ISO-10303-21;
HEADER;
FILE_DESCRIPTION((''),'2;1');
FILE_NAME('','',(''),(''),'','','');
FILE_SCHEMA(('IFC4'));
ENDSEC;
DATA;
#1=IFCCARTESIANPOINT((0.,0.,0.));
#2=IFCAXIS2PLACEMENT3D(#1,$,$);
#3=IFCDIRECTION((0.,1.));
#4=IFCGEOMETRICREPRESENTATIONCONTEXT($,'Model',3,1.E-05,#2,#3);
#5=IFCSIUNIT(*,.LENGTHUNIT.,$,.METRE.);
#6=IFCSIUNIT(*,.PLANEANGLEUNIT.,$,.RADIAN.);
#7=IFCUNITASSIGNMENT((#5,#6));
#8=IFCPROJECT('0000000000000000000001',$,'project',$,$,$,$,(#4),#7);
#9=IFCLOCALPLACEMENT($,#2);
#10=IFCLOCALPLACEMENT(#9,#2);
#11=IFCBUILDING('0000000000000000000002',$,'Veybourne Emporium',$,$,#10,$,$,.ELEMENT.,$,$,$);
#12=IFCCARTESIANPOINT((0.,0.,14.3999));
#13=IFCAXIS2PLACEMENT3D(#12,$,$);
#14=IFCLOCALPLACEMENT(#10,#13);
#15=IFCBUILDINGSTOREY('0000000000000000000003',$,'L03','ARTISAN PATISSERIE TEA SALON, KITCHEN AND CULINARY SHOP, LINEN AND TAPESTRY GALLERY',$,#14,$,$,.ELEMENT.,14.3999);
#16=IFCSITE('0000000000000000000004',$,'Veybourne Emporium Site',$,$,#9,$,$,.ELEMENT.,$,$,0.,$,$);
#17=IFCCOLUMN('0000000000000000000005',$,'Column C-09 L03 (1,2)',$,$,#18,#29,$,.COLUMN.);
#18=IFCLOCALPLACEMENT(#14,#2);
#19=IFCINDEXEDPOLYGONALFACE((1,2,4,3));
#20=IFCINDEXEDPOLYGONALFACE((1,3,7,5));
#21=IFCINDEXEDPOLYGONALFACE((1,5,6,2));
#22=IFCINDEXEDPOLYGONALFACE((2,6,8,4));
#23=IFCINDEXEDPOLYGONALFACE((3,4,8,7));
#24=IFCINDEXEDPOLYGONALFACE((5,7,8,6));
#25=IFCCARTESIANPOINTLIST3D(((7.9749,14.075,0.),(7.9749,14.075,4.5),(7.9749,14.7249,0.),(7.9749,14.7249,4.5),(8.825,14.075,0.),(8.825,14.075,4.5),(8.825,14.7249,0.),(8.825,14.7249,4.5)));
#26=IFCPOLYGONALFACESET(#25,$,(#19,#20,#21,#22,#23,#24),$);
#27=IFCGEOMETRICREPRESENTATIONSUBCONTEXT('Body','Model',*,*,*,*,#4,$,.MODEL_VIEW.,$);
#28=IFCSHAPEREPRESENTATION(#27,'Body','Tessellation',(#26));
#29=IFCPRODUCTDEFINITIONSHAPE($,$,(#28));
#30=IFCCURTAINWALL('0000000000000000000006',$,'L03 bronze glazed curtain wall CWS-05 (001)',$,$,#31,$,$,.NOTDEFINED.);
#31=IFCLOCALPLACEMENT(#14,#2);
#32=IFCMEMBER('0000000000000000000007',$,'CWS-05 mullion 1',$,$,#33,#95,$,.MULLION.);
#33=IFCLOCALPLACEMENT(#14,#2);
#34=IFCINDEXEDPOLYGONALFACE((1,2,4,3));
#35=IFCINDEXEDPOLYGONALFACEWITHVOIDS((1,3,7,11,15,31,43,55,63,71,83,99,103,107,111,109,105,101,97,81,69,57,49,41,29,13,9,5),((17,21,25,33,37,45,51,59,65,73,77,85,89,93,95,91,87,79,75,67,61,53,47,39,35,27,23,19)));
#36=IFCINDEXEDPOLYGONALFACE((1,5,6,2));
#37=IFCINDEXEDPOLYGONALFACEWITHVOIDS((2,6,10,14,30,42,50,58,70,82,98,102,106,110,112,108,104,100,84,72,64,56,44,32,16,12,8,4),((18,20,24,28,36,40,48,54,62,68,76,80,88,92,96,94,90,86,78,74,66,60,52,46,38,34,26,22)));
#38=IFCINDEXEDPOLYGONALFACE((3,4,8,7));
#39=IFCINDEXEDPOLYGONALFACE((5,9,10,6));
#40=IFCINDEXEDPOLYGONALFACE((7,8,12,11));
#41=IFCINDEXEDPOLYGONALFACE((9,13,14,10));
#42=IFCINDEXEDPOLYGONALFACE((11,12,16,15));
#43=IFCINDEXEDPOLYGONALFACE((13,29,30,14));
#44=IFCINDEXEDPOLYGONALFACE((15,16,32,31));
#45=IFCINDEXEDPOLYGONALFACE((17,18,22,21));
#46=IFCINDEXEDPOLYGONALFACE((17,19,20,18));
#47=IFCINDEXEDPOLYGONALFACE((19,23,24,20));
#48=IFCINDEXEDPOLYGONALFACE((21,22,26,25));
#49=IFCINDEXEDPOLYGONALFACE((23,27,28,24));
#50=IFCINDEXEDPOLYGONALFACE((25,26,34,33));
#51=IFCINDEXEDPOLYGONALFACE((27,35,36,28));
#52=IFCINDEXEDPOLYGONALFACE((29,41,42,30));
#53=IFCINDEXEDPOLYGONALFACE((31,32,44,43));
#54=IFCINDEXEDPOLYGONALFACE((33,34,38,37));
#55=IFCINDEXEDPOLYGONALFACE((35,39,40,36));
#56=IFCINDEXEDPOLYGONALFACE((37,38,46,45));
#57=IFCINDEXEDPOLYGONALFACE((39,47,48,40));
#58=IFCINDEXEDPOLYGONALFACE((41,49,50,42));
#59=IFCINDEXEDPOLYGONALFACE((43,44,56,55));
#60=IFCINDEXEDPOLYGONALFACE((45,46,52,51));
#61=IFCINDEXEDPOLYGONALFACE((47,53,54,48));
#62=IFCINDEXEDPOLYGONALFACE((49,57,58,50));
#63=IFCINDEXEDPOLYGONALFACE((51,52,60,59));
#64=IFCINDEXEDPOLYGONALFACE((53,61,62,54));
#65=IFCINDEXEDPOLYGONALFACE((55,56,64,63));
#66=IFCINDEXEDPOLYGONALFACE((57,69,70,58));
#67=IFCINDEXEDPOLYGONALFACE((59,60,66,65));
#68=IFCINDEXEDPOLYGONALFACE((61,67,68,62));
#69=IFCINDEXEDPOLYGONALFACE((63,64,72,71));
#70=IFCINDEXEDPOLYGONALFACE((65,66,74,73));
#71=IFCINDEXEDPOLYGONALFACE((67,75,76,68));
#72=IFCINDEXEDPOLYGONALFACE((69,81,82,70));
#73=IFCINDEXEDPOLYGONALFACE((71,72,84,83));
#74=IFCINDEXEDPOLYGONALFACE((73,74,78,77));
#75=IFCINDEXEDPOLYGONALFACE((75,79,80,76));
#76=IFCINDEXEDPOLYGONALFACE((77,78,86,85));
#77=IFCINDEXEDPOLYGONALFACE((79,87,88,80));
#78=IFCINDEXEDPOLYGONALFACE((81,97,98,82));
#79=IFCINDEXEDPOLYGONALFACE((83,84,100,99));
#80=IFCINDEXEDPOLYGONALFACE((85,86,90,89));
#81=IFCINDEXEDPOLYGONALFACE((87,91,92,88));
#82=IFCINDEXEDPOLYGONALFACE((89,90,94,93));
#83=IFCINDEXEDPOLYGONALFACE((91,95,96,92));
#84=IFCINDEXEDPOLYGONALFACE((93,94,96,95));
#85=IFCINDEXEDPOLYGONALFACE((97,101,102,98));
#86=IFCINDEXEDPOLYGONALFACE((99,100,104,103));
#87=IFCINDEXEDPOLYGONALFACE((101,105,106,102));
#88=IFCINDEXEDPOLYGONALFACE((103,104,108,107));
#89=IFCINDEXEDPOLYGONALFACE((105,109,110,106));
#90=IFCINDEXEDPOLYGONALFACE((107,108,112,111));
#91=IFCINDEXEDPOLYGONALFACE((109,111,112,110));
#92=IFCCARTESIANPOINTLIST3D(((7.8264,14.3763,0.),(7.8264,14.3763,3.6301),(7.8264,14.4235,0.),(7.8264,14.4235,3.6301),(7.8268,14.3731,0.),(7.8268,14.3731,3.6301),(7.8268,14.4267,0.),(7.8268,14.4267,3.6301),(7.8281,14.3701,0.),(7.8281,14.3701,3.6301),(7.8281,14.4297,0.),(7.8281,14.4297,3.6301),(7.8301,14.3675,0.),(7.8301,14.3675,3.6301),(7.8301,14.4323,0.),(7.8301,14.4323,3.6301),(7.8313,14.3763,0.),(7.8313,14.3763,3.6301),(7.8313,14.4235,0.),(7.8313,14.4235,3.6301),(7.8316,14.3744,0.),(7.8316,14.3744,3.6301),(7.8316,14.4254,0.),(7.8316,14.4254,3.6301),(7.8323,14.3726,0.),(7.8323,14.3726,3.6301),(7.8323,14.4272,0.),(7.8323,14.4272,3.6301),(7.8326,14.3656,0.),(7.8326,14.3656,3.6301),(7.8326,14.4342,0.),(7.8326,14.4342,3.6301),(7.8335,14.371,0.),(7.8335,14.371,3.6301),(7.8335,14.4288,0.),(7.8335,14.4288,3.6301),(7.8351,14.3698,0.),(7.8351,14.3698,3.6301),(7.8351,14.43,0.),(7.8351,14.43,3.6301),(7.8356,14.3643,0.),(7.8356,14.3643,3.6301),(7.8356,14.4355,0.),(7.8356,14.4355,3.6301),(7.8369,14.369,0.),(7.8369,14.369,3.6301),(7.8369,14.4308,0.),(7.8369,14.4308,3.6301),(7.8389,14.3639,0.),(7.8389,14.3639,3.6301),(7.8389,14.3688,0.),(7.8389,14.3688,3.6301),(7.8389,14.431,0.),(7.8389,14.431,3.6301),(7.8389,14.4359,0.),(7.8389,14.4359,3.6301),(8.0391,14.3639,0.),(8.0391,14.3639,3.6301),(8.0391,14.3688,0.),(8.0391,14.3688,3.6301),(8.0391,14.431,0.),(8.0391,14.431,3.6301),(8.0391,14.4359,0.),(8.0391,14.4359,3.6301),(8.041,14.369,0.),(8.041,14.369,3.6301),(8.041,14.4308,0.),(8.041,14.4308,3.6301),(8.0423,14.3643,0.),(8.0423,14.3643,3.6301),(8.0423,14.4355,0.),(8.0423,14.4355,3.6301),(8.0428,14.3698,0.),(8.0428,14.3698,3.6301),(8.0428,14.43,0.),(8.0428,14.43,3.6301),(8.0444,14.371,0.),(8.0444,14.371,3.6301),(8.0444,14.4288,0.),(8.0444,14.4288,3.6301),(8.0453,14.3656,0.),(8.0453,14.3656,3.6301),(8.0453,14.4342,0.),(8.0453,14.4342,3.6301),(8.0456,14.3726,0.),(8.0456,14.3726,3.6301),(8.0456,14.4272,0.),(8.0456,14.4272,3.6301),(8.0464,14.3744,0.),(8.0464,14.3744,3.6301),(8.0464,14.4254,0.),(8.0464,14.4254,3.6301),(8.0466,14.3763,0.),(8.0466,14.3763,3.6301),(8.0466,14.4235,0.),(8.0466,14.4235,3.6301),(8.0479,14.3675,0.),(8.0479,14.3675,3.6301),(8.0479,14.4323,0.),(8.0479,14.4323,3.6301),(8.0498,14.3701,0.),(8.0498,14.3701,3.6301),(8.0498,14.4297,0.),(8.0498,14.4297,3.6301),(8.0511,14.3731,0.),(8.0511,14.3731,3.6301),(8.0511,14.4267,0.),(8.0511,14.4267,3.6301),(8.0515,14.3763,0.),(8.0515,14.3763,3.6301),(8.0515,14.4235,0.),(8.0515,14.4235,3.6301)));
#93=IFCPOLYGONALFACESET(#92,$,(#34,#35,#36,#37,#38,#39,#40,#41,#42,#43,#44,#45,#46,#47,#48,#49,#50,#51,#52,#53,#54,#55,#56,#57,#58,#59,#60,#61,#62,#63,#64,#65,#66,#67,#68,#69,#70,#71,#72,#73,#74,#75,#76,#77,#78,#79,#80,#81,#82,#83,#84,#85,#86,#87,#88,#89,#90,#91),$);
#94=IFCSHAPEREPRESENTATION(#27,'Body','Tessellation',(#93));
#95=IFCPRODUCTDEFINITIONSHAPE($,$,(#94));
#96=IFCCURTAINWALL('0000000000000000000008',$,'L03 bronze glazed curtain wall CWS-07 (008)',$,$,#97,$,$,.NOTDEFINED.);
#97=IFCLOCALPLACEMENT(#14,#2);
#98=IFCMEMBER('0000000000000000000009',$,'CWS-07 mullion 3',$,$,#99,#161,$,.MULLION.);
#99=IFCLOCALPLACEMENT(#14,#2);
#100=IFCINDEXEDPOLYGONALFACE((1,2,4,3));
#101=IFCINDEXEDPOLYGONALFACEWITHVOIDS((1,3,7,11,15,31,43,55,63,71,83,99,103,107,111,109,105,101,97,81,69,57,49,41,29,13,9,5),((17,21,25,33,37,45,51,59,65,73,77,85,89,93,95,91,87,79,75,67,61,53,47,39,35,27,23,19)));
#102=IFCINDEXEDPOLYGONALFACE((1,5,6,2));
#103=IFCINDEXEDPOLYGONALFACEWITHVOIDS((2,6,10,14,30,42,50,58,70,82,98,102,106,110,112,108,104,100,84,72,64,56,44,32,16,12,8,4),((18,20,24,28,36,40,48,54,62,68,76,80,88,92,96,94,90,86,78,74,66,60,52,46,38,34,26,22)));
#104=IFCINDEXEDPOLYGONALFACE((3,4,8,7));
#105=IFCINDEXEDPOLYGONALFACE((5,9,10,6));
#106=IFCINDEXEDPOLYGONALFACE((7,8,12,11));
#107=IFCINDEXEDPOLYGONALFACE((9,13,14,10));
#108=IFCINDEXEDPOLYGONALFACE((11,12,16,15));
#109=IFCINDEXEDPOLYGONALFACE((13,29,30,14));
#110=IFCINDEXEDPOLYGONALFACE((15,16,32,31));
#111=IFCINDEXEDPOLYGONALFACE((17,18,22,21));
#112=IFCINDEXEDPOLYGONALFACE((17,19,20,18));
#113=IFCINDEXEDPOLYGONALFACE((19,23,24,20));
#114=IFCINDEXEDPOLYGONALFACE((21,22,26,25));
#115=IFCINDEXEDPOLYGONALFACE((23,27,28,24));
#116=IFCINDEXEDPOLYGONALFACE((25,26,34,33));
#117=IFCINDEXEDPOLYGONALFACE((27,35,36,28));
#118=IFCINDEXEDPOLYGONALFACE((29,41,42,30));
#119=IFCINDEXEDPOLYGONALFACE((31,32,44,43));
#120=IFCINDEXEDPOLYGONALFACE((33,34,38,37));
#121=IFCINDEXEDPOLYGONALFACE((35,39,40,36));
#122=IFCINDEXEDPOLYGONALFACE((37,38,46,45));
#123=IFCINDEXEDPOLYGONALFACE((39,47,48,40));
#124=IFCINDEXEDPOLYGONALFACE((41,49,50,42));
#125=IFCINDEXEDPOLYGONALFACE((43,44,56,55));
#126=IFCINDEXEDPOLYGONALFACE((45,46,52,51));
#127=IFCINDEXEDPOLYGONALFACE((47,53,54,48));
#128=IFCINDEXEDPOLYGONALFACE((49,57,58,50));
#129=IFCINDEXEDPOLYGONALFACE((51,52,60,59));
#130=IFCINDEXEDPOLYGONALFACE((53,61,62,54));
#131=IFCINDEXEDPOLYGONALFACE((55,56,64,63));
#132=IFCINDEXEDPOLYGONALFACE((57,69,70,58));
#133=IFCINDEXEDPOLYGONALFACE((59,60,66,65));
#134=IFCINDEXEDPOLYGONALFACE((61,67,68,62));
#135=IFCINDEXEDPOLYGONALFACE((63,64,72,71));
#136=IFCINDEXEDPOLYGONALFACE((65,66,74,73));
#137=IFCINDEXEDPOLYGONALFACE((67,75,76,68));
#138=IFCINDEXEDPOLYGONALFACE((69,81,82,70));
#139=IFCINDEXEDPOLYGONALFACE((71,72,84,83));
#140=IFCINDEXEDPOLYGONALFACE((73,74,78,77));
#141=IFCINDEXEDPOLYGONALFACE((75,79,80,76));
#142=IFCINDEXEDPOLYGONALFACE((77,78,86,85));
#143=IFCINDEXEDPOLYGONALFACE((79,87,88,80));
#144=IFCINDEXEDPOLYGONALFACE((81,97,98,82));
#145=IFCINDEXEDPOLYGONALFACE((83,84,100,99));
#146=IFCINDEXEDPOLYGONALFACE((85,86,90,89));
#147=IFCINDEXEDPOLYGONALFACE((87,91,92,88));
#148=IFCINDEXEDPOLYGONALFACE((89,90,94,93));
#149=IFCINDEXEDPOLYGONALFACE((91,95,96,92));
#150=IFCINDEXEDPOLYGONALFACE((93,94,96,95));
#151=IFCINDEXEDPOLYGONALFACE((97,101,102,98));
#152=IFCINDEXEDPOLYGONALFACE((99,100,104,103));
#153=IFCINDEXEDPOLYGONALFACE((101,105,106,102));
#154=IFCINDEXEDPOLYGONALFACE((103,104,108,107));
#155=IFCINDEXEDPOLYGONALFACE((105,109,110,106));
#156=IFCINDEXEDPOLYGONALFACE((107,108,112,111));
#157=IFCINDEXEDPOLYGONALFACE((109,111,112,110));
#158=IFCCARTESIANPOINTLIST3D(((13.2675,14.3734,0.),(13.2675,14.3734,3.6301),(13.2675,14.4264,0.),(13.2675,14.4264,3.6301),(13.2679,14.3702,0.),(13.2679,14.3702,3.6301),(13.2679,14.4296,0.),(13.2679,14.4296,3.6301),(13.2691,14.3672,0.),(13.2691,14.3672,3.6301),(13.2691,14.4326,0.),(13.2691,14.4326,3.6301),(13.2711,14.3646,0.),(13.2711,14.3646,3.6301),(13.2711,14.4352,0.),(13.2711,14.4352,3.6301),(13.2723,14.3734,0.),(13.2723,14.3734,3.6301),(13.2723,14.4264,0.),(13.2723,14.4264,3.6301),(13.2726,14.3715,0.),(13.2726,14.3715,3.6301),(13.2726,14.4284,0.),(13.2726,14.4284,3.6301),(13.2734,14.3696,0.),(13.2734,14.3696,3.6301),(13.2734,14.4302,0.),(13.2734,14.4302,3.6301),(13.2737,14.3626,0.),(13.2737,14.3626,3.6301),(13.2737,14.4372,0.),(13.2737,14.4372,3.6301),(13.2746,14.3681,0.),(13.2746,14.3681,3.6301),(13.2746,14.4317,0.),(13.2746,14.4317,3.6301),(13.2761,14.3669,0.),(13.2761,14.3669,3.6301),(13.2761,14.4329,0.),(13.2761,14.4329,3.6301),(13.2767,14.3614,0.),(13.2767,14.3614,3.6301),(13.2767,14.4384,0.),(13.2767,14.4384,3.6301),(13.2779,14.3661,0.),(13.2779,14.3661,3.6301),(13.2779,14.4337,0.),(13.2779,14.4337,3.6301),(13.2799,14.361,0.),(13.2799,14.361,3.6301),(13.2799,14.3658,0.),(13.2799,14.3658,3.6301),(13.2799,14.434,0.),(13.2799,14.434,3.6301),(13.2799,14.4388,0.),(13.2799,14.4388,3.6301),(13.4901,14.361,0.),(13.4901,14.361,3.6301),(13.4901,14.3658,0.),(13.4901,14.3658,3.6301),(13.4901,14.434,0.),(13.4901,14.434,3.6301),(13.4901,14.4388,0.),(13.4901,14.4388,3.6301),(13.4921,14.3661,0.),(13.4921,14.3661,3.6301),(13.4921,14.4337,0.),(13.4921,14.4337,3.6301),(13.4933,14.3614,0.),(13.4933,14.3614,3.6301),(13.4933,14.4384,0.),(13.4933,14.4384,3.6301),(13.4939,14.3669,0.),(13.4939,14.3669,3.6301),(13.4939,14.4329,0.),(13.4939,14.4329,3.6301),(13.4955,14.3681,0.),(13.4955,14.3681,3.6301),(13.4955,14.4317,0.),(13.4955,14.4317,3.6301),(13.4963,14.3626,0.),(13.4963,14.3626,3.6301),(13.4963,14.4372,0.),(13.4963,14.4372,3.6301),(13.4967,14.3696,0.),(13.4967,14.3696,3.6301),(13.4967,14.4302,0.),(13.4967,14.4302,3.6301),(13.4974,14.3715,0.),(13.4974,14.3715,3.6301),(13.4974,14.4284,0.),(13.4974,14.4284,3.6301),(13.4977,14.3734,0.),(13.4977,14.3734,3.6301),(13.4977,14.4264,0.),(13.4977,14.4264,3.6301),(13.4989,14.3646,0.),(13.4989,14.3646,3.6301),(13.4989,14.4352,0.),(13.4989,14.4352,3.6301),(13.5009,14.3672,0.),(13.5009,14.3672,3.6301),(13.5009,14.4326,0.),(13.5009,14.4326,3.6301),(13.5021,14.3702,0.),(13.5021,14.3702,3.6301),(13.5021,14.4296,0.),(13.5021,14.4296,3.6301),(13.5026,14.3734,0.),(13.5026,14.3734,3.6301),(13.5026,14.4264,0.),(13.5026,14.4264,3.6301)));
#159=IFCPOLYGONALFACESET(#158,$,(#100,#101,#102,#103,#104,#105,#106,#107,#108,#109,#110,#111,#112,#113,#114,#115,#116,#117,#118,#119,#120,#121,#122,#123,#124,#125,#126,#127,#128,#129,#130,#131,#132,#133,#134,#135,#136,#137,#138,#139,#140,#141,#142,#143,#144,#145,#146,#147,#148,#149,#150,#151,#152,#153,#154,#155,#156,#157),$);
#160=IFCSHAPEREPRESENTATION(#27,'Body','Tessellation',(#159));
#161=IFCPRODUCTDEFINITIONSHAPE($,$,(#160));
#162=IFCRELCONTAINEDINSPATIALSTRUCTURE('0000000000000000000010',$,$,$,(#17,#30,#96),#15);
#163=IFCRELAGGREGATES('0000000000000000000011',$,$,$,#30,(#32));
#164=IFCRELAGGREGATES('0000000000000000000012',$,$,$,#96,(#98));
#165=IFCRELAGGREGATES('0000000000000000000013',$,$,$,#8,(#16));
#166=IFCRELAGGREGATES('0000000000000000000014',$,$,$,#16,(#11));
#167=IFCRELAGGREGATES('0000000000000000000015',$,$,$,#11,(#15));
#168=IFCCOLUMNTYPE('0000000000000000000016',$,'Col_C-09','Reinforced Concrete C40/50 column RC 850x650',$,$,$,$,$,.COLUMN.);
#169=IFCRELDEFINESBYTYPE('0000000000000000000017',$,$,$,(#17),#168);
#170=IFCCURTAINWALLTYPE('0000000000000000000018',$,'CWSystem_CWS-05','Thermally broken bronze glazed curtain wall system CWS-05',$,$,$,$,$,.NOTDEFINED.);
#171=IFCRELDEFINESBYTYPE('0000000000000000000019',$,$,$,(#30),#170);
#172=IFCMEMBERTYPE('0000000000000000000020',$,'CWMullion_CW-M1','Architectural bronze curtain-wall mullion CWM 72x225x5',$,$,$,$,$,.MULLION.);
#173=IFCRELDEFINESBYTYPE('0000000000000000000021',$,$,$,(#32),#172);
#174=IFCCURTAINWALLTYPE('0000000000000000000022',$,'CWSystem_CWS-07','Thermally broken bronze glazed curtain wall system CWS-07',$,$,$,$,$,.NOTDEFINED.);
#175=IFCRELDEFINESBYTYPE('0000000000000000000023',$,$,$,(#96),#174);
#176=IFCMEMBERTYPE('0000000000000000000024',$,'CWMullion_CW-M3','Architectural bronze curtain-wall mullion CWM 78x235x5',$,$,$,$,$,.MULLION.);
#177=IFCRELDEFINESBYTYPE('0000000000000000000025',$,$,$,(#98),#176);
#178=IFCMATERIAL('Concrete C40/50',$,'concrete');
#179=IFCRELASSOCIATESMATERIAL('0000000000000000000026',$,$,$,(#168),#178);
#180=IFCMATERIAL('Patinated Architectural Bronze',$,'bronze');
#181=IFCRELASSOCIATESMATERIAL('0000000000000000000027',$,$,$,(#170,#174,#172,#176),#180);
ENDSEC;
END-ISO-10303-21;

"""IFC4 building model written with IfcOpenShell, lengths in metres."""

from ifc_helpers import new_model, si_unit, direction, frame, origin, origin_2d, place, context, subcontext, project, spatial, rectangle, hollow_rectangle, extrude, material, material_profile, profile_set, type_object, element, aggregate, save


model = new_model("IFC4")

# Units and contexts
model_context = context("Model", 3, precision=1e-05, world=origin(), true_north=direction((0.0, 1.0)))
body_context = subcontext(model_context, "Body", "Model", "MODEL_VIEW")
ifc_project = project(units=[si_unit("LENGTHUNIT", "METRE"), si_unit("PLANEANGLEUNIT", "RADIAN")], contexts=[model_context])

# Site, building, storey
site_placement = place(None, origin())
site = spatial("IfcSite", under=ifc_project, at=site_placement, Name="Veybourne Emporium Site", CompositionType="ELEMENT", RefElevation=0.0)
building_placement = place(site_placement, origin())
building = spatial("IfcBuilding", under=site, at=building_placement, Name="Veybourne Emporium", CompositionType="ELEMENT")
storey_placement = place(building_placement, frame((0.0, 0.0, 14.3999)))
storey = spatial("IfcBuildingStorey", under=building, at=storey_placement, Name="L03", Description="ARTISAN PATISSERIE TEA SALON, KITCHEN AND CULINARY SHOP, LINEN AND TAPESTRY GALLERY", CompositionType="ELEMENT", Elevation=14.3999)

# Column
ifc_material_1 = material(Name="Concrete C40/50", Category="concrete")
ifc_material_profile_1 = material_profile(ifc_material_1, rectangle(XDim=0.8501, YDim=0.6499, at=origin_2d()), Name="RC 850x650")
ifc_profile_set_1 = profile_set([ifc_material_profile_1], Name="Concrete C40/50")
column_type = type_object("IfcColumnType", Name="Col_C-09", Description="Reinforced Concrete C40/50 column RC 850x650", PredefinedType="COLUMN", material=ifc_profile_set_1)
column_placement = place(storey_placement, frame((8.3999, 14.3999, 0.0), z_axis=(0.0, 0.0, 1.0), x_axis=(1.0, 0.0, 0.0)))
element("IfcColumn", 1, at=column_placement, inside=storey, type_object=column_type, Name="Column C-09 L03 (1,2)", PredefinedType="COLUMN", context=body_context, shape_type="SweptSolid", body=[
    extrude(rectangle(XDim=0.8501, YDim=0.6499, at=origin_2d()), origin(), (0.0, 0.0, 1.0), 4.5),
])

# Curtain wall, member
ifc_material_2 = material(Name="Patinated Architectural Bronze", Category="bronze")
curtain_wall_type_1 = type_object("IfcCurtainWallType", Name="CWSystem_CWS-05", Description="Thermally broken bronze glazed curtain wall system CWS-05", PredefinedType="NOTDEFINED", material=ifc_material_2)
curtain_wall_1_placement = place(storey_placement, origin())
curtain_wall_1 = element("IfcCurtainWall", 2, at=curtain_wall_1_placement, inside=storey, type_object=curtain_wall_type_1, Name="L03 bronze glazed curtain wall CWS-05 (001)", PredefinedType="NOTDEFINED")
ifc_material_profile_2 = material_profile(ifc_material_2, hollow_rectangle(XDim=0.072, YDim=0.2251, WallThickness=0.0049, InnerFilletRadius=0.0076, OuterFilletRadius=0.0125, at=origin_2d()), Name="CWM 72x225x5")
ifc_profile_set_2 = profile_set([ifc_material_profile_2], Name="Patinated Architectural Bronze")
member_type_1 = type_object("IfcMemberType", Name="CWMullion_CW-M1", Description="Architectural bronze curtain-wall mullion CWM 72x225x5", PredefinedType="MULLION", material=ifc_profile_set_2)
member_1_placement = place(storey_placement, frame((7.939, 14.3999, 0.0), z_axis=(0.0, 0.0, 1.0), x_axis=(0.0, -1.0, 0.0)))
member_1 = element("IfcMember", 3, at=member_1_placement, type_object=member_type_1, Name="CWS-05 mullion 1", PredefinedType="MULLION", context=body_context, shape_type="SweptSolid", body=[
    extrude(hollow_rectangle(XDim=0.072, YDim=0.2251, WallThickness=0.0049, InnerFilletRadius=0.0076, OuterFilletRadius=0.0125, at=origin_2d()), origin(), (0.0, 0.0, 1.0), 3.6301),
])
aggregate(curtain_wall_1, [member_1])

# Curtain wall, member
curtain_wall_type_2 = type_object("IfcCurtainWallType", Name="CWSystem_CWS-07", Description="Thermally broken bronze glazed curtain wall system CWS-07", PredefinedType="NOTDEFINED", material=ifc_material_2)
curtain_wall_2_placement = place(storey_placement, origin())
curtain_wall_2 = element("IfcCurtainWall", 4, at=curtain_wall_2_placement, inside=storey, type_object=curtain_wall_type_2, Name="L03 bronze glazed curtain wall CWS-07 (008)", PredefinedType="NOTDEFINED")
ifc_material_profile_3 = material_profile(ifc_material_2, hollow_rectangle(XDim=0.0779, YDim=0.2351, WallThickness=0.0049, InnerFilletRadius=0.0076, OuterFilletRadius=0.0125, at=origin_2d()), Name="CWM 78x235x5")
ifc_profile_set_3 = profile_set([ifc_material_profile_3], Name="Patinated Architectural Bronze")
member_type_2 = type_object("IfcMemberType", Name="CWMullion_CW-M3", Description="Architectural bronze curtain-wall mullion CWM 78x235x5", PredefinedType="MULLION", material=ifc_profile_set_3)
member_2_placement = place(storey_placement, frame((13.385, 14.3999, 0.0), z_axis=(0.0, 0.0, 1.0), x_axis=(0.0, -1.0, 0.0)))
member_2 = element("IfcMember", 5, at=member_2_placement, type_object=member_type_2, Name="CWS-07 mullion 3", PredefinedType="MULLION", context=body_context, shape_type="SweptSolid", body=[
    extrude(hollow_rectangle(XDim=0.0779, YDim=0.2351, WallThickness=0.0049, InnerFilletRadius=0.0076, OuterFilletRadius=0.0125, at=origin_2d()), origin(), (0.0, 0.0, 1.0), 3.6301),
])

aggregate(curtain_wall_2, [member_2])

save(model, "model.ifc")
